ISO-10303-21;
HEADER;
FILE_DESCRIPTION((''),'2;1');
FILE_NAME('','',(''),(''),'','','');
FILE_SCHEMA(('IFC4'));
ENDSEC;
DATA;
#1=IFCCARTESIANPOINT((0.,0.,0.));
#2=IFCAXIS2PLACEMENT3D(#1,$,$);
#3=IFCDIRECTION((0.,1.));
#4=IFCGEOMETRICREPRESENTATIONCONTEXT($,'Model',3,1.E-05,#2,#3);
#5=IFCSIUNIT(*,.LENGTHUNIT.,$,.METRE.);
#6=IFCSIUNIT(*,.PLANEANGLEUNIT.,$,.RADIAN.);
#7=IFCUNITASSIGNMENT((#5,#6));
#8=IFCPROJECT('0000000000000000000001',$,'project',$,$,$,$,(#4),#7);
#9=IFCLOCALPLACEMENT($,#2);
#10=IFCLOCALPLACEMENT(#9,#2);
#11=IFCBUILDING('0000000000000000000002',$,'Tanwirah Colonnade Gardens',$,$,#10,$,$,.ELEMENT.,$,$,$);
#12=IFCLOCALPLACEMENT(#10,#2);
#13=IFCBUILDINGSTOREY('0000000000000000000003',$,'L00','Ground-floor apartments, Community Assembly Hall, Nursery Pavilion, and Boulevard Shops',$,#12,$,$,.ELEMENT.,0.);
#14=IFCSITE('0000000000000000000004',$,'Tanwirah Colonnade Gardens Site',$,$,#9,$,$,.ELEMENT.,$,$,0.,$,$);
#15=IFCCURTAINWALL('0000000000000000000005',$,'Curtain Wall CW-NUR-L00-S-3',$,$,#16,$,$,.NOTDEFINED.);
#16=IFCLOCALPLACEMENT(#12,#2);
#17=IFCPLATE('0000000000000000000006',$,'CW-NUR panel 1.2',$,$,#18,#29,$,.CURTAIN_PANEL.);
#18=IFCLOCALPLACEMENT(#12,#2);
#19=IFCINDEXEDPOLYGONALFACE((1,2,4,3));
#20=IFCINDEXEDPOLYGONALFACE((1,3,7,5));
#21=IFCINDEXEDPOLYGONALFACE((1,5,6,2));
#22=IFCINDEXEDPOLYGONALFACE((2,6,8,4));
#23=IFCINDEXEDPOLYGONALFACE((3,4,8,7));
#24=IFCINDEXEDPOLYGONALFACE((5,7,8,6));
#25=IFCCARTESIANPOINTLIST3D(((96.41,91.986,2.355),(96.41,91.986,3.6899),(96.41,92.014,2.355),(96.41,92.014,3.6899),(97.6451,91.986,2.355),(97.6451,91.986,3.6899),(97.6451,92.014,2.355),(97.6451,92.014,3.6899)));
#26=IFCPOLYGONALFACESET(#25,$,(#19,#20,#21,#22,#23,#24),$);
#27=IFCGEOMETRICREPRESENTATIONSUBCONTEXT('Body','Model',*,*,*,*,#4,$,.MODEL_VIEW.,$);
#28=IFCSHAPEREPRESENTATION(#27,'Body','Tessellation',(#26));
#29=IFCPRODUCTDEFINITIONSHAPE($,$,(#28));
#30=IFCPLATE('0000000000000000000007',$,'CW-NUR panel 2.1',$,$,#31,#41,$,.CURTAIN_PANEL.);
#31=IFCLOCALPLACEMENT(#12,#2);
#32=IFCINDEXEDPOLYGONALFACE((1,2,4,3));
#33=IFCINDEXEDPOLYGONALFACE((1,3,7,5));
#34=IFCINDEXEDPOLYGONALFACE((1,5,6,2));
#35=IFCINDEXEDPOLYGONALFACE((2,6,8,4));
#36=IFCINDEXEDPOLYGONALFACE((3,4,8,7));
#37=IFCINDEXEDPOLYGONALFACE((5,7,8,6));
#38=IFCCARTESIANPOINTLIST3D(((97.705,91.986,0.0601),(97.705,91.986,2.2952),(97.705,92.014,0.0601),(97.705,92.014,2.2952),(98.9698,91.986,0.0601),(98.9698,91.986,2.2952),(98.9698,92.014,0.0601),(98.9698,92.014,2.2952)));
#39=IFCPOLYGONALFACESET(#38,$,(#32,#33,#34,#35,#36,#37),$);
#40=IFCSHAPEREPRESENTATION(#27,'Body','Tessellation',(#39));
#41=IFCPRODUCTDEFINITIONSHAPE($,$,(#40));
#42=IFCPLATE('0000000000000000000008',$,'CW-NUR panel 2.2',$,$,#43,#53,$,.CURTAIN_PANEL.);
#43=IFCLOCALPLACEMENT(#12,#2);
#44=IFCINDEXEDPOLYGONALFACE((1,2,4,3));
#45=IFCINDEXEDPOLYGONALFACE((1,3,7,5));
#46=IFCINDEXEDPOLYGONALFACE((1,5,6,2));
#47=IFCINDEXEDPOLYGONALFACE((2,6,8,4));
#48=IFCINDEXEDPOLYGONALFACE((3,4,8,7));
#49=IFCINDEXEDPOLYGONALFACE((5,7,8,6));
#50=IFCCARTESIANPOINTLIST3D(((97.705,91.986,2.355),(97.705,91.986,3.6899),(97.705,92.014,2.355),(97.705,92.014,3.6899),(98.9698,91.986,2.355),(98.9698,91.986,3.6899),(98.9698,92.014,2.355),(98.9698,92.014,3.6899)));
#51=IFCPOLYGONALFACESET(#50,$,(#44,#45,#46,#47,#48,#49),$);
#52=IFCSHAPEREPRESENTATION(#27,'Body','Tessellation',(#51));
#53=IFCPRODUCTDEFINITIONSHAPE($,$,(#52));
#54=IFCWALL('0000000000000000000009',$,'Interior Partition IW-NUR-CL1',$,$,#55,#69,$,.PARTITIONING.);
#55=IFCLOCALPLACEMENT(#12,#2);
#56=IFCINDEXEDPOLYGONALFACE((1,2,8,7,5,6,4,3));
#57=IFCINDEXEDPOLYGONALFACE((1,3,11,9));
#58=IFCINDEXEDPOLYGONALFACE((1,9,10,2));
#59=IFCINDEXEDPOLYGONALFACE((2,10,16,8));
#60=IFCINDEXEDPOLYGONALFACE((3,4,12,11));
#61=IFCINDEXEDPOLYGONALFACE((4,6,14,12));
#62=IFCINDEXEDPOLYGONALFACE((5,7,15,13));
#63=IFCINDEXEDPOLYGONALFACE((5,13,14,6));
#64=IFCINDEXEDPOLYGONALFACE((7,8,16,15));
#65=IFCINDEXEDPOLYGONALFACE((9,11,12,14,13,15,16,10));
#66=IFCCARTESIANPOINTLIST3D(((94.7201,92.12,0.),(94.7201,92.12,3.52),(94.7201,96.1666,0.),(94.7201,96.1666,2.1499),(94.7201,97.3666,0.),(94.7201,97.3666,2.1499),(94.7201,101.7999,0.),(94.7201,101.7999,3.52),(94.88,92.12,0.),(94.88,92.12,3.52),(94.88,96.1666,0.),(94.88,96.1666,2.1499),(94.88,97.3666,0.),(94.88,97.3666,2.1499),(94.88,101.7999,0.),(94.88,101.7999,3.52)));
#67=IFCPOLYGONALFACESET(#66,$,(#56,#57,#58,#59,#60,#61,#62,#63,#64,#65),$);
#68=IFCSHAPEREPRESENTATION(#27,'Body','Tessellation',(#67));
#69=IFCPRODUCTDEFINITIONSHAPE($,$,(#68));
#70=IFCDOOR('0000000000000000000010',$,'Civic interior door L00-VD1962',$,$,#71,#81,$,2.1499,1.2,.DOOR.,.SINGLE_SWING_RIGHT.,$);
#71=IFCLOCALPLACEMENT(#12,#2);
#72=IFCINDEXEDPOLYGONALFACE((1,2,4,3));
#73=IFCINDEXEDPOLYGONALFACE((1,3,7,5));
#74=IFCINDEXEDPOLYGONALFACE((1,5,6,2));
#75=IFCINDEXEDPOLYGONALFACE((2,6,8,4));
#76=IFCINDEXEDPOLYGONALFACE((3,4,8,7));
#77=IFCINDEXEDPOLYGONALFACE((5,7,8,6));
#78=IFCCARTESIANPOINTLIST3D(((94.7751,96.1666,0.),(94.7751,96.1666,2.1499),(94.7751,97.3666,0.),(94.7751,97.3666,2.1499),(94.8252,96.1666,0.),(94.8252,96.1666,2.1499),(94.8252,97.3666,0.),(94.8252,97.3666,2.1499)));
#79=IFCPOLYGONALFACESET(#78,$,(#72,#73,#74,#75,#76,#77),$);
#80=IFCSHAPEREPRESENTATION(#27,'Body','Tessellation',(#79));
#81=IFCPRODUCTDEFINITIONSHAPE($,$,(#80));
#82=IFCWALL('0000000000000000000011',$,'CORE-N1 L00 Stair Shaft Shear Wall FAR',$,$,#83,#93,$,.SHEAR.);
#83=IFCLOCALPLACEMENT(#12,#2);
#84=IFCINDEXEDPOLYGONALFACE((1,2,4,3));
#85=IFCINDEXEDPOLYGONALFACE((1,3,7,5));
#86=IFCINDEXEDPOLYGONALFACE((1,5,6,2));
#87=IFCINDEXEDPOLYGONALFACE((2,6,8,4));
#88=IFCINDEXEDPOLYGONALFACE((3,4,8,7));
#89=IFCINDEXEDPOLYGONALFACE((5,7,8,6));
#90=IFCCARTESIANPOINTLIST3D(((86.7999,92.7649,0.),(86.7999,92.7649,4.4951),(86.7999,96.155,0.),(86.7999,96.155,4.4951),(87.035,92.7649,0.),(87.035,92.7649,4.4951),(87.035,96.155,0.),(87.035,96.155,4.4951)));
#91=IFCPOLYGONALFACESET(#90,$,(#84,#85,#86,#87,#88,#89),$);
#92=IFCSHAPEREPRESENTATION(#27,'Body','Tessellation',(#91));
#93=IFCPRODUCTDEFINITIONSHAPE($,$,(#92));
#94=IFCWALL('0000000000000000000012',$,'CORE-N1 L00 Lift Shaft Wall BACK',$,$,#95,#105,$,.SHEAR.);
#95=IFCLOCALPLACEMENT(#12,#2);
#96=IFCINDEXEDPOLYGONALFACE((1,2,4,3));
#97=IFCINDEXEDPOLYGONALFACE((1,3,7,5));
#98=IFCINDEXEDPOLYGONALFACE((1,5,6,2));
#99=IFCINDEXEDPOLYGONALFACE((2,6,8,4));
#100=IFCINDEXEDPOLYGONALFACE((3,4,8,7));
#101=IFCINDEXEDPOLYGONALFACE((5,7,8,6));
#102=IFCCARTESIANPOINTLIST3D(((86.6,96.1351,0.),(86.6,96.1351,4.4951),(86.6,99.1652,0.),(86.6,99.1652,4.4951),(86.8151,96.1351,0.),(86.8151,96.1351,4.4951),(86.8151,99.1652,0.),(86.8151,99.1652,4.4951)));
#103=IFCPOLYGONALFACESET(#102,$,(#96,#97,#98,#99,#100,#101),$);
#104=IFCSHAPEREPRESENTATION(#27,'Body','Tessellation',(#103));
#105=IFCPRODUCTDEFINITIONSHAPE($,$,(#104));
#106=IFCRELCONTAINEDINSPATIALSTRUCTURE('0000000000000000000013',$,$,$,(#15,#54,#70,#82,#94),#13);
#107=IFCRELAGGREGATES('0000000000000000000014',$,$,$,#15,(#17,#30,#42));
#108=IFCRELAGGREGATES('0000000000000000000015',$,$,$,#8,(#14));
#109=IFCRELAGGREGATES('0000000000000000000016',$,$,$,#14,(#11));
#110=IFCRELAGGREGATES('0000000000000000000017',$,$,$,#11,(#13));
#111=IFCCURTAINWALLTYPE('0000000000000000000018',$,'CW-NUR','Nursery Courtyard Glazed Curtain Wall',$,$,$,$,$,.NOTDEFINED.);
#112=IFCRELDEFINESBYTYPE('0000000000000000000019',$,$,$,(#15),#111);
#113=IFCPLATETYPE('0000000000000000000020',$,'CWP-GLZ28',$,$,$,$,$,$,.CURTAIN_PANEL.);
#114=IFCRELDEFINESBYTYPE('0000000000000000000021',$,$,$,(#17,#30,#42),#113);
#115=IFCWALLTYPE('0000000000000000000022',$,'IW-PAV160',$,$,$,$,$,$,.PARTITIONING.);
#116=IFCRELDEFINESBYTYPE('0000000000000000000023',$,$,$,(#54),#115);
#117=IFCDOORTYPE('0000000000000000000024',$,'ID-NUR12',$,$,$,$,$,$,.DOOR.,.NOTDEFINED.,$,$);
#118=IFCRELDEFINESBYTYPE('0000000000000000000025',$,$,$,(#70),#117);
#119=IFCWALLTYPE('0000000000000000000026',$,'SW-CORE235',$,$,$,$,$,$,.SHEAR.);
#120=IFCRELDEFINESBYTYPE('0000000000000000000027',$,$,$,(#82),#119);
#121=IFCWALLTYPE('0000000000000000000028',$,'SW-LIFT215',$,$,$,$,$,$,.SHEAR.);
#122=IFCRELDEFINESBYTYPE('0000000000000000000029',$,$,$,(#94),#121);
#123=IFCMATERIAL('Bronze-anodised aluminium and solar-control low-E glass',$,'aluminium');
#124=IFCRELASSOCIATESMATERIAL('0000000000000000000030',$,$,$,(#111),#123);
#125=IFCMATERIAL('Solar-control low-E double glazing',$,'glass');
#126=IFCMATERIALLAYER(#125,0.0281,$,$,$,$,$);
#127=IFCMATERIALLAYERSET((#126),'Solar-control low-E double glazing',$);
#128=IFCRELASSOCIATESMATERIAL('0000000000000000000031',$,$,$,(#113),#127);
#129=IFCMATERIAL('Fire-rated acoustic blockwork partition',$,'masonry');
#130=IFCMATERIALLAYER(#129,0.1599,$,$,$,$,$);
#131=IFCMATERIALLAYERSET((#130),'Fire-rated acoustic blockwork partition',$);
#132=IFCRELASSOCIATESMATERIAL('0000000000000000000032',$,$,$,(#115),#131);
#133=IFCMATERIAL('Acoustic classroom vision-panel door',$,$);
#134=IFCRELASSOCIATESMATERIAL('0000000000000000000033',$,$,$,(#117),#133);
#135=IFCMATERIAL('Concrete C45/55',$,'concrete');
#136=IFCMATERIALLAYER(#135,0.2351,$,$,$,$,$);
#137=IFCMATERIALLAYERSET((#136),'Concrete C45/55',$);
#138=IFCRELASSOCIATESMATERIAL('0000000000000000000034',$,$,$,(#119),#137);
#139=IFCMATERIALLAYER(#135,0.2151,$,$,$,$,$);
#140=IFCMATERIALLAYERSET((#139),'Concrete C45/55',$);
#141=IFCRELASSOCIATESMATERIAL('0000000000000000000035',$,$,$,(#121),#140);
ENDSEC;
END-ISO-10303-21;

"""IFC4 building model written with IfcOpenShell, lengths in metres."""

from ifc_helpers import new_model, si_unit, direction, frame, frame_2d, origin, origin_2d, place, context, subcontext, project, spatial, rectangle, extrude, material, layer, layer_set, type_object, element, fill, aggregate, save


model = new_model("IFC4")

# Units and contexts
model_context = context("Model", 3, precision=1e-05, world=origin(), true_north=direction((0.0, 1.0)))
body_context = subcontext(model_context, "Body", "Model", "MODEL_VIEW")
ifc_project = project(units=[si_unit("LENGTHUNIT", "METRE"), si_unit("PLANEANGLEUNIT", "RADIAN")], contexts=[model_context])

# Site, building, storey
site_placement = place(None, origin())
site = spatial("IfcSite", under=ifc_project, at=site_placement, Name="Tanwirah Colonnade Gardens Site", CompositionType="ELEMENT", RefElevation=0.0)
building_placement = place(site_placement, origin())
building = spatial("IfcBuilding", under=site, at=building_placement, Name="Tanwirah Colonnade Gardens", CompositionType="ELEMENT")
storey_placement = place(building_placement, origin())
storey = spatial("IfcBuildingStorey", under=building, at=storey_placement, Name="L00", Description="Ground-floor apartments, Community Assembly Hall, Nursery Pavilion, and Boulevard Shops", CompositionType="ELEMENT", Elevation=0.0)

# Curtain wall, plates
ifc_material_1 = material(Name="Bronze-anodised aluminium and solar-control low-E glass", Category="aluminium")
curtain_wall_type = type_object("IfcCurtainWallType", Name="CW-NUR", Description="Nursery Courtyard Glazed Curtain Wall", PredefinedType="NOTDEFINED", material=ifc_material_1)
curtain_wall_placement = place(storey_placement, origin())
curtain_wall = element("IfcCurtainWall", 1, at=curtain_wall_placement, inside=storey, type_object=curtain_wall_type, Name="Curtain Wall CW-NUR-L00-S-3", PredefinedType="NOTDEFINED")
ifc_material_2 = material(Name="Solar-control low-E double glazing", Category="glass")
ifc_layer_1 = layer(ifc_material_2, 0.0281)
ifc_layer_set_1 = layer_set([ifc_layer_1], Name="Solar-control low-E double glazing")
plate_type = type_object("IfcPlateType", Name="CWP-GLZ28", PredefinedType="CURTAIN_PANEL", material=ifc_layer_set_1)
plate_1_placement = place(storey_placement, frame((97.0276, 92.0, 2.355), z_axis=(0.0, 0.0, 1.0), x_axis=(1.0, 0.0, 0.0)))
plate_1 = element("IfcPlate", 2, at=plate_1_placement, type_object=plate_type, Name="CW-NUR panel 1.2", PredefinedType="CURTAIN_PANEL", context=body_context, shape_type="SweptSolid", body=[
    extrude(rectangle(XDim=1.2351, YDim=0.0281, at=origin_2d()), origin(), (0.0, 0.0, 1.0), 1.335),
])
plate_2_placement = place(storey_placement, frame((98.3374, 92.0, 0.0601), z_axis=(0.0, 0.0, 1.0), x_axis=(1.0, 0.0, 0.0)))
plate_2 = element("IfcPlate", 3, at=plate_2_placement, type_object=plate_type, Name="CW-NUR panel 2.1", PredefinedType="CURTAIN_PANEL", context=body_context, shape_type="SweptSolid", body=[
    extrude(rectangle(XDim=1.2649, YDim=0.0281, at=origin_2d()), origin(), (0.0, 0.0, 1.0), 2.2351),
])
plate_3_placement = place(storey_placement, frame((98.3374, 92.0, 2.355), z_axis=(0.0, 0.0, 1.0), x_axis=(1.0, 0.0, 0.0)))
plate_3 = element("IfcPlate", 4, at=plate_3_placement, type_object=plate_type, Name="CW-NUR panel 2.2", PredefinedType="CURTAIN_PANEL", context=body_context, shape_type="SweptSolid", body=[
    extrude(rectangle(XDim=1.2649, YDim=0.0281, at=origin_2d()), origin(), (0.0, 0.0, 1.0), 1.335),
])
aggregate(curtain_wall, [plate_1, plate_2, plate_3])

# Wall, opening, door
ifc_material_3 = material(Name="Fire-rated acoustic blockwork partition", Category="masonry")
ifc_layer_2 = layer(ifc_material_3, 0.1599)
ifc_layer_set_2 = layer_set([ifc_layer_2], Name="Fire-rated acoustic blockwork partition")
wall_type_1 = type_object("IfcWallType", Name="IW-PAV160", PredefinedType="PARTITIONING", material=ifc_layer_set_2)
wall_1_placement = place(storey_placement, frame((94.8, 92.1201, 0.0), z_axis=(0.0, 0.0, 1.0), x_axis=(0.0, 1.0, 0.0)))
wall_1 = element("IfcWall", 5, at=wall_1_placement, inside=storey, type_object=wall_type_1, Name="Interior Partition IW-NUR-CL1", PredefinedType="PARTITIONING", context=body_context, shape_type="SweptSolid", body=[
    extrude(rectangle(XDim=9.6799, YDim=0.1599, at=frame_2d((4.8398, 0.0))), origin(), (0.0, 0.0, 1.0), 3.52),
])
opening_placement = place(wall_1_placement, frame((4.0464, 0.0, 0.0)))
opening = element("IfcOpeningElement", 6, at=opening_placement, cuts=wall_1, PredefinedType="OPENING", context=body_context, shape_type="SweptSolid", body=[
    extrude(rectangle(XDim=1.2, YDim=2.1499, at=frame_2d((0.6001, 1.075))), frame((0.0, 0.0898, 0.0), z_axis=(0.0, -1.0, 0.0), x_axis=(1.0, 0.0, 0.0)), (0.0, 0.0, 1.0), 0.1799),
])
ifc_material_4 = material(Name="Acoustic classroom vision-panel door")
door_type = type_object("IfcDoorType", Name="ID-NUR12", OperationType="NOTDEFINED", PredefinedType="DOOR", material=ifc_material_4)
door_placement = place(opening_placement, origin())
door = element("IfcDoor", 7, at=door_placement, inside=storey, type_object=door_type, Name="Civic interior door L00-VD1962", OperationType="SINGLE_SWING_RIGHT", OverallHeight=2.1499, OverallWidth=1.2, PredefinedType="DOOR", context=body_context, shape_type="SweptSolid", body=[
    extrude(rectangle(XDim=1.2, YDim=2.1499, at=frame_2d((0.6001, 1.075))), frame((0.0, 0.0249, 0.0), z_axis=(0.0, -1.0, 0.0), x_axis=(1.0, 0.0, 0.0)), (0.0, 0.0, 1.0), 0.05),
])
fill(opening, door)

# Walls
ifc_material_5 = material(Name="Concrete C45/55", Category="concrete")
ifc_layer_3 = layer(ifc_material_5, 0.2351)
ifc_layer_set_3 = layer_set([ifc_layer_3], Name="Concrete C45/55")
wall_type_2 = type_object("IfcWallType", Name="SW-CORE235", PredefinedType="SHEAR", material=ifc_layer_set_3)
wall_2_placement = place(storey_placement, frame((86.9175, 92.7649, 0.0), z_axis=(0.0, 0.0, 1.0), x_axis=(0.0, 1.0, 0.0)))
element("IfcWall", 8, at=wall_2_placement, inside=storey, type_object=wall_type_2, Name="CORE-N1 L00 Stair Shaft Shear Wall FAR", PredefinedType="SHEAR", context=body_context, shape_type="SweptSolid", body=[
    extrude(rectangle(XDim=3.3901, YDim=0.2351, at=frame_2d((1.6951, 0.0))), origin(), (0.0, 0.0, 1.0), 4.4951),
])
ifc_layer_4 = layer(ifc_material_5, 0.2151)
ifc_layer_set_4 = layer_set([ifc_layer_4], Name="Concrete C45/55")
wall_type_3 = type_object("IfcWallType", Name="SW-LIFT215", PredefinedType="SHEAR", material=ifc_layer_set_4)
wall_3_placement = place(storey_placement, frame((86.7075, 96.135, 0.0), z_axis=(0.0, 0.0, 1.0), x_axis=(0.0, 1.0, 0.0)))
element("IfcWall", 9, at=wall_3_placement, inside=storey, type_object=wall_type_3, Name="CORE-N1 L00 Lift Shaft Wall BACK", PredefinedType="SHEAR", context=body_context, shape_type="SweptSolid", body=[
    extrude(rectangle(XDim=3.03, YDim=0.2151, at=frame_2d((1.5151, 0.0))), origin(), (0.0, 0.0, 1.0), 4.4951),
])

save(model, "model.ifc")
